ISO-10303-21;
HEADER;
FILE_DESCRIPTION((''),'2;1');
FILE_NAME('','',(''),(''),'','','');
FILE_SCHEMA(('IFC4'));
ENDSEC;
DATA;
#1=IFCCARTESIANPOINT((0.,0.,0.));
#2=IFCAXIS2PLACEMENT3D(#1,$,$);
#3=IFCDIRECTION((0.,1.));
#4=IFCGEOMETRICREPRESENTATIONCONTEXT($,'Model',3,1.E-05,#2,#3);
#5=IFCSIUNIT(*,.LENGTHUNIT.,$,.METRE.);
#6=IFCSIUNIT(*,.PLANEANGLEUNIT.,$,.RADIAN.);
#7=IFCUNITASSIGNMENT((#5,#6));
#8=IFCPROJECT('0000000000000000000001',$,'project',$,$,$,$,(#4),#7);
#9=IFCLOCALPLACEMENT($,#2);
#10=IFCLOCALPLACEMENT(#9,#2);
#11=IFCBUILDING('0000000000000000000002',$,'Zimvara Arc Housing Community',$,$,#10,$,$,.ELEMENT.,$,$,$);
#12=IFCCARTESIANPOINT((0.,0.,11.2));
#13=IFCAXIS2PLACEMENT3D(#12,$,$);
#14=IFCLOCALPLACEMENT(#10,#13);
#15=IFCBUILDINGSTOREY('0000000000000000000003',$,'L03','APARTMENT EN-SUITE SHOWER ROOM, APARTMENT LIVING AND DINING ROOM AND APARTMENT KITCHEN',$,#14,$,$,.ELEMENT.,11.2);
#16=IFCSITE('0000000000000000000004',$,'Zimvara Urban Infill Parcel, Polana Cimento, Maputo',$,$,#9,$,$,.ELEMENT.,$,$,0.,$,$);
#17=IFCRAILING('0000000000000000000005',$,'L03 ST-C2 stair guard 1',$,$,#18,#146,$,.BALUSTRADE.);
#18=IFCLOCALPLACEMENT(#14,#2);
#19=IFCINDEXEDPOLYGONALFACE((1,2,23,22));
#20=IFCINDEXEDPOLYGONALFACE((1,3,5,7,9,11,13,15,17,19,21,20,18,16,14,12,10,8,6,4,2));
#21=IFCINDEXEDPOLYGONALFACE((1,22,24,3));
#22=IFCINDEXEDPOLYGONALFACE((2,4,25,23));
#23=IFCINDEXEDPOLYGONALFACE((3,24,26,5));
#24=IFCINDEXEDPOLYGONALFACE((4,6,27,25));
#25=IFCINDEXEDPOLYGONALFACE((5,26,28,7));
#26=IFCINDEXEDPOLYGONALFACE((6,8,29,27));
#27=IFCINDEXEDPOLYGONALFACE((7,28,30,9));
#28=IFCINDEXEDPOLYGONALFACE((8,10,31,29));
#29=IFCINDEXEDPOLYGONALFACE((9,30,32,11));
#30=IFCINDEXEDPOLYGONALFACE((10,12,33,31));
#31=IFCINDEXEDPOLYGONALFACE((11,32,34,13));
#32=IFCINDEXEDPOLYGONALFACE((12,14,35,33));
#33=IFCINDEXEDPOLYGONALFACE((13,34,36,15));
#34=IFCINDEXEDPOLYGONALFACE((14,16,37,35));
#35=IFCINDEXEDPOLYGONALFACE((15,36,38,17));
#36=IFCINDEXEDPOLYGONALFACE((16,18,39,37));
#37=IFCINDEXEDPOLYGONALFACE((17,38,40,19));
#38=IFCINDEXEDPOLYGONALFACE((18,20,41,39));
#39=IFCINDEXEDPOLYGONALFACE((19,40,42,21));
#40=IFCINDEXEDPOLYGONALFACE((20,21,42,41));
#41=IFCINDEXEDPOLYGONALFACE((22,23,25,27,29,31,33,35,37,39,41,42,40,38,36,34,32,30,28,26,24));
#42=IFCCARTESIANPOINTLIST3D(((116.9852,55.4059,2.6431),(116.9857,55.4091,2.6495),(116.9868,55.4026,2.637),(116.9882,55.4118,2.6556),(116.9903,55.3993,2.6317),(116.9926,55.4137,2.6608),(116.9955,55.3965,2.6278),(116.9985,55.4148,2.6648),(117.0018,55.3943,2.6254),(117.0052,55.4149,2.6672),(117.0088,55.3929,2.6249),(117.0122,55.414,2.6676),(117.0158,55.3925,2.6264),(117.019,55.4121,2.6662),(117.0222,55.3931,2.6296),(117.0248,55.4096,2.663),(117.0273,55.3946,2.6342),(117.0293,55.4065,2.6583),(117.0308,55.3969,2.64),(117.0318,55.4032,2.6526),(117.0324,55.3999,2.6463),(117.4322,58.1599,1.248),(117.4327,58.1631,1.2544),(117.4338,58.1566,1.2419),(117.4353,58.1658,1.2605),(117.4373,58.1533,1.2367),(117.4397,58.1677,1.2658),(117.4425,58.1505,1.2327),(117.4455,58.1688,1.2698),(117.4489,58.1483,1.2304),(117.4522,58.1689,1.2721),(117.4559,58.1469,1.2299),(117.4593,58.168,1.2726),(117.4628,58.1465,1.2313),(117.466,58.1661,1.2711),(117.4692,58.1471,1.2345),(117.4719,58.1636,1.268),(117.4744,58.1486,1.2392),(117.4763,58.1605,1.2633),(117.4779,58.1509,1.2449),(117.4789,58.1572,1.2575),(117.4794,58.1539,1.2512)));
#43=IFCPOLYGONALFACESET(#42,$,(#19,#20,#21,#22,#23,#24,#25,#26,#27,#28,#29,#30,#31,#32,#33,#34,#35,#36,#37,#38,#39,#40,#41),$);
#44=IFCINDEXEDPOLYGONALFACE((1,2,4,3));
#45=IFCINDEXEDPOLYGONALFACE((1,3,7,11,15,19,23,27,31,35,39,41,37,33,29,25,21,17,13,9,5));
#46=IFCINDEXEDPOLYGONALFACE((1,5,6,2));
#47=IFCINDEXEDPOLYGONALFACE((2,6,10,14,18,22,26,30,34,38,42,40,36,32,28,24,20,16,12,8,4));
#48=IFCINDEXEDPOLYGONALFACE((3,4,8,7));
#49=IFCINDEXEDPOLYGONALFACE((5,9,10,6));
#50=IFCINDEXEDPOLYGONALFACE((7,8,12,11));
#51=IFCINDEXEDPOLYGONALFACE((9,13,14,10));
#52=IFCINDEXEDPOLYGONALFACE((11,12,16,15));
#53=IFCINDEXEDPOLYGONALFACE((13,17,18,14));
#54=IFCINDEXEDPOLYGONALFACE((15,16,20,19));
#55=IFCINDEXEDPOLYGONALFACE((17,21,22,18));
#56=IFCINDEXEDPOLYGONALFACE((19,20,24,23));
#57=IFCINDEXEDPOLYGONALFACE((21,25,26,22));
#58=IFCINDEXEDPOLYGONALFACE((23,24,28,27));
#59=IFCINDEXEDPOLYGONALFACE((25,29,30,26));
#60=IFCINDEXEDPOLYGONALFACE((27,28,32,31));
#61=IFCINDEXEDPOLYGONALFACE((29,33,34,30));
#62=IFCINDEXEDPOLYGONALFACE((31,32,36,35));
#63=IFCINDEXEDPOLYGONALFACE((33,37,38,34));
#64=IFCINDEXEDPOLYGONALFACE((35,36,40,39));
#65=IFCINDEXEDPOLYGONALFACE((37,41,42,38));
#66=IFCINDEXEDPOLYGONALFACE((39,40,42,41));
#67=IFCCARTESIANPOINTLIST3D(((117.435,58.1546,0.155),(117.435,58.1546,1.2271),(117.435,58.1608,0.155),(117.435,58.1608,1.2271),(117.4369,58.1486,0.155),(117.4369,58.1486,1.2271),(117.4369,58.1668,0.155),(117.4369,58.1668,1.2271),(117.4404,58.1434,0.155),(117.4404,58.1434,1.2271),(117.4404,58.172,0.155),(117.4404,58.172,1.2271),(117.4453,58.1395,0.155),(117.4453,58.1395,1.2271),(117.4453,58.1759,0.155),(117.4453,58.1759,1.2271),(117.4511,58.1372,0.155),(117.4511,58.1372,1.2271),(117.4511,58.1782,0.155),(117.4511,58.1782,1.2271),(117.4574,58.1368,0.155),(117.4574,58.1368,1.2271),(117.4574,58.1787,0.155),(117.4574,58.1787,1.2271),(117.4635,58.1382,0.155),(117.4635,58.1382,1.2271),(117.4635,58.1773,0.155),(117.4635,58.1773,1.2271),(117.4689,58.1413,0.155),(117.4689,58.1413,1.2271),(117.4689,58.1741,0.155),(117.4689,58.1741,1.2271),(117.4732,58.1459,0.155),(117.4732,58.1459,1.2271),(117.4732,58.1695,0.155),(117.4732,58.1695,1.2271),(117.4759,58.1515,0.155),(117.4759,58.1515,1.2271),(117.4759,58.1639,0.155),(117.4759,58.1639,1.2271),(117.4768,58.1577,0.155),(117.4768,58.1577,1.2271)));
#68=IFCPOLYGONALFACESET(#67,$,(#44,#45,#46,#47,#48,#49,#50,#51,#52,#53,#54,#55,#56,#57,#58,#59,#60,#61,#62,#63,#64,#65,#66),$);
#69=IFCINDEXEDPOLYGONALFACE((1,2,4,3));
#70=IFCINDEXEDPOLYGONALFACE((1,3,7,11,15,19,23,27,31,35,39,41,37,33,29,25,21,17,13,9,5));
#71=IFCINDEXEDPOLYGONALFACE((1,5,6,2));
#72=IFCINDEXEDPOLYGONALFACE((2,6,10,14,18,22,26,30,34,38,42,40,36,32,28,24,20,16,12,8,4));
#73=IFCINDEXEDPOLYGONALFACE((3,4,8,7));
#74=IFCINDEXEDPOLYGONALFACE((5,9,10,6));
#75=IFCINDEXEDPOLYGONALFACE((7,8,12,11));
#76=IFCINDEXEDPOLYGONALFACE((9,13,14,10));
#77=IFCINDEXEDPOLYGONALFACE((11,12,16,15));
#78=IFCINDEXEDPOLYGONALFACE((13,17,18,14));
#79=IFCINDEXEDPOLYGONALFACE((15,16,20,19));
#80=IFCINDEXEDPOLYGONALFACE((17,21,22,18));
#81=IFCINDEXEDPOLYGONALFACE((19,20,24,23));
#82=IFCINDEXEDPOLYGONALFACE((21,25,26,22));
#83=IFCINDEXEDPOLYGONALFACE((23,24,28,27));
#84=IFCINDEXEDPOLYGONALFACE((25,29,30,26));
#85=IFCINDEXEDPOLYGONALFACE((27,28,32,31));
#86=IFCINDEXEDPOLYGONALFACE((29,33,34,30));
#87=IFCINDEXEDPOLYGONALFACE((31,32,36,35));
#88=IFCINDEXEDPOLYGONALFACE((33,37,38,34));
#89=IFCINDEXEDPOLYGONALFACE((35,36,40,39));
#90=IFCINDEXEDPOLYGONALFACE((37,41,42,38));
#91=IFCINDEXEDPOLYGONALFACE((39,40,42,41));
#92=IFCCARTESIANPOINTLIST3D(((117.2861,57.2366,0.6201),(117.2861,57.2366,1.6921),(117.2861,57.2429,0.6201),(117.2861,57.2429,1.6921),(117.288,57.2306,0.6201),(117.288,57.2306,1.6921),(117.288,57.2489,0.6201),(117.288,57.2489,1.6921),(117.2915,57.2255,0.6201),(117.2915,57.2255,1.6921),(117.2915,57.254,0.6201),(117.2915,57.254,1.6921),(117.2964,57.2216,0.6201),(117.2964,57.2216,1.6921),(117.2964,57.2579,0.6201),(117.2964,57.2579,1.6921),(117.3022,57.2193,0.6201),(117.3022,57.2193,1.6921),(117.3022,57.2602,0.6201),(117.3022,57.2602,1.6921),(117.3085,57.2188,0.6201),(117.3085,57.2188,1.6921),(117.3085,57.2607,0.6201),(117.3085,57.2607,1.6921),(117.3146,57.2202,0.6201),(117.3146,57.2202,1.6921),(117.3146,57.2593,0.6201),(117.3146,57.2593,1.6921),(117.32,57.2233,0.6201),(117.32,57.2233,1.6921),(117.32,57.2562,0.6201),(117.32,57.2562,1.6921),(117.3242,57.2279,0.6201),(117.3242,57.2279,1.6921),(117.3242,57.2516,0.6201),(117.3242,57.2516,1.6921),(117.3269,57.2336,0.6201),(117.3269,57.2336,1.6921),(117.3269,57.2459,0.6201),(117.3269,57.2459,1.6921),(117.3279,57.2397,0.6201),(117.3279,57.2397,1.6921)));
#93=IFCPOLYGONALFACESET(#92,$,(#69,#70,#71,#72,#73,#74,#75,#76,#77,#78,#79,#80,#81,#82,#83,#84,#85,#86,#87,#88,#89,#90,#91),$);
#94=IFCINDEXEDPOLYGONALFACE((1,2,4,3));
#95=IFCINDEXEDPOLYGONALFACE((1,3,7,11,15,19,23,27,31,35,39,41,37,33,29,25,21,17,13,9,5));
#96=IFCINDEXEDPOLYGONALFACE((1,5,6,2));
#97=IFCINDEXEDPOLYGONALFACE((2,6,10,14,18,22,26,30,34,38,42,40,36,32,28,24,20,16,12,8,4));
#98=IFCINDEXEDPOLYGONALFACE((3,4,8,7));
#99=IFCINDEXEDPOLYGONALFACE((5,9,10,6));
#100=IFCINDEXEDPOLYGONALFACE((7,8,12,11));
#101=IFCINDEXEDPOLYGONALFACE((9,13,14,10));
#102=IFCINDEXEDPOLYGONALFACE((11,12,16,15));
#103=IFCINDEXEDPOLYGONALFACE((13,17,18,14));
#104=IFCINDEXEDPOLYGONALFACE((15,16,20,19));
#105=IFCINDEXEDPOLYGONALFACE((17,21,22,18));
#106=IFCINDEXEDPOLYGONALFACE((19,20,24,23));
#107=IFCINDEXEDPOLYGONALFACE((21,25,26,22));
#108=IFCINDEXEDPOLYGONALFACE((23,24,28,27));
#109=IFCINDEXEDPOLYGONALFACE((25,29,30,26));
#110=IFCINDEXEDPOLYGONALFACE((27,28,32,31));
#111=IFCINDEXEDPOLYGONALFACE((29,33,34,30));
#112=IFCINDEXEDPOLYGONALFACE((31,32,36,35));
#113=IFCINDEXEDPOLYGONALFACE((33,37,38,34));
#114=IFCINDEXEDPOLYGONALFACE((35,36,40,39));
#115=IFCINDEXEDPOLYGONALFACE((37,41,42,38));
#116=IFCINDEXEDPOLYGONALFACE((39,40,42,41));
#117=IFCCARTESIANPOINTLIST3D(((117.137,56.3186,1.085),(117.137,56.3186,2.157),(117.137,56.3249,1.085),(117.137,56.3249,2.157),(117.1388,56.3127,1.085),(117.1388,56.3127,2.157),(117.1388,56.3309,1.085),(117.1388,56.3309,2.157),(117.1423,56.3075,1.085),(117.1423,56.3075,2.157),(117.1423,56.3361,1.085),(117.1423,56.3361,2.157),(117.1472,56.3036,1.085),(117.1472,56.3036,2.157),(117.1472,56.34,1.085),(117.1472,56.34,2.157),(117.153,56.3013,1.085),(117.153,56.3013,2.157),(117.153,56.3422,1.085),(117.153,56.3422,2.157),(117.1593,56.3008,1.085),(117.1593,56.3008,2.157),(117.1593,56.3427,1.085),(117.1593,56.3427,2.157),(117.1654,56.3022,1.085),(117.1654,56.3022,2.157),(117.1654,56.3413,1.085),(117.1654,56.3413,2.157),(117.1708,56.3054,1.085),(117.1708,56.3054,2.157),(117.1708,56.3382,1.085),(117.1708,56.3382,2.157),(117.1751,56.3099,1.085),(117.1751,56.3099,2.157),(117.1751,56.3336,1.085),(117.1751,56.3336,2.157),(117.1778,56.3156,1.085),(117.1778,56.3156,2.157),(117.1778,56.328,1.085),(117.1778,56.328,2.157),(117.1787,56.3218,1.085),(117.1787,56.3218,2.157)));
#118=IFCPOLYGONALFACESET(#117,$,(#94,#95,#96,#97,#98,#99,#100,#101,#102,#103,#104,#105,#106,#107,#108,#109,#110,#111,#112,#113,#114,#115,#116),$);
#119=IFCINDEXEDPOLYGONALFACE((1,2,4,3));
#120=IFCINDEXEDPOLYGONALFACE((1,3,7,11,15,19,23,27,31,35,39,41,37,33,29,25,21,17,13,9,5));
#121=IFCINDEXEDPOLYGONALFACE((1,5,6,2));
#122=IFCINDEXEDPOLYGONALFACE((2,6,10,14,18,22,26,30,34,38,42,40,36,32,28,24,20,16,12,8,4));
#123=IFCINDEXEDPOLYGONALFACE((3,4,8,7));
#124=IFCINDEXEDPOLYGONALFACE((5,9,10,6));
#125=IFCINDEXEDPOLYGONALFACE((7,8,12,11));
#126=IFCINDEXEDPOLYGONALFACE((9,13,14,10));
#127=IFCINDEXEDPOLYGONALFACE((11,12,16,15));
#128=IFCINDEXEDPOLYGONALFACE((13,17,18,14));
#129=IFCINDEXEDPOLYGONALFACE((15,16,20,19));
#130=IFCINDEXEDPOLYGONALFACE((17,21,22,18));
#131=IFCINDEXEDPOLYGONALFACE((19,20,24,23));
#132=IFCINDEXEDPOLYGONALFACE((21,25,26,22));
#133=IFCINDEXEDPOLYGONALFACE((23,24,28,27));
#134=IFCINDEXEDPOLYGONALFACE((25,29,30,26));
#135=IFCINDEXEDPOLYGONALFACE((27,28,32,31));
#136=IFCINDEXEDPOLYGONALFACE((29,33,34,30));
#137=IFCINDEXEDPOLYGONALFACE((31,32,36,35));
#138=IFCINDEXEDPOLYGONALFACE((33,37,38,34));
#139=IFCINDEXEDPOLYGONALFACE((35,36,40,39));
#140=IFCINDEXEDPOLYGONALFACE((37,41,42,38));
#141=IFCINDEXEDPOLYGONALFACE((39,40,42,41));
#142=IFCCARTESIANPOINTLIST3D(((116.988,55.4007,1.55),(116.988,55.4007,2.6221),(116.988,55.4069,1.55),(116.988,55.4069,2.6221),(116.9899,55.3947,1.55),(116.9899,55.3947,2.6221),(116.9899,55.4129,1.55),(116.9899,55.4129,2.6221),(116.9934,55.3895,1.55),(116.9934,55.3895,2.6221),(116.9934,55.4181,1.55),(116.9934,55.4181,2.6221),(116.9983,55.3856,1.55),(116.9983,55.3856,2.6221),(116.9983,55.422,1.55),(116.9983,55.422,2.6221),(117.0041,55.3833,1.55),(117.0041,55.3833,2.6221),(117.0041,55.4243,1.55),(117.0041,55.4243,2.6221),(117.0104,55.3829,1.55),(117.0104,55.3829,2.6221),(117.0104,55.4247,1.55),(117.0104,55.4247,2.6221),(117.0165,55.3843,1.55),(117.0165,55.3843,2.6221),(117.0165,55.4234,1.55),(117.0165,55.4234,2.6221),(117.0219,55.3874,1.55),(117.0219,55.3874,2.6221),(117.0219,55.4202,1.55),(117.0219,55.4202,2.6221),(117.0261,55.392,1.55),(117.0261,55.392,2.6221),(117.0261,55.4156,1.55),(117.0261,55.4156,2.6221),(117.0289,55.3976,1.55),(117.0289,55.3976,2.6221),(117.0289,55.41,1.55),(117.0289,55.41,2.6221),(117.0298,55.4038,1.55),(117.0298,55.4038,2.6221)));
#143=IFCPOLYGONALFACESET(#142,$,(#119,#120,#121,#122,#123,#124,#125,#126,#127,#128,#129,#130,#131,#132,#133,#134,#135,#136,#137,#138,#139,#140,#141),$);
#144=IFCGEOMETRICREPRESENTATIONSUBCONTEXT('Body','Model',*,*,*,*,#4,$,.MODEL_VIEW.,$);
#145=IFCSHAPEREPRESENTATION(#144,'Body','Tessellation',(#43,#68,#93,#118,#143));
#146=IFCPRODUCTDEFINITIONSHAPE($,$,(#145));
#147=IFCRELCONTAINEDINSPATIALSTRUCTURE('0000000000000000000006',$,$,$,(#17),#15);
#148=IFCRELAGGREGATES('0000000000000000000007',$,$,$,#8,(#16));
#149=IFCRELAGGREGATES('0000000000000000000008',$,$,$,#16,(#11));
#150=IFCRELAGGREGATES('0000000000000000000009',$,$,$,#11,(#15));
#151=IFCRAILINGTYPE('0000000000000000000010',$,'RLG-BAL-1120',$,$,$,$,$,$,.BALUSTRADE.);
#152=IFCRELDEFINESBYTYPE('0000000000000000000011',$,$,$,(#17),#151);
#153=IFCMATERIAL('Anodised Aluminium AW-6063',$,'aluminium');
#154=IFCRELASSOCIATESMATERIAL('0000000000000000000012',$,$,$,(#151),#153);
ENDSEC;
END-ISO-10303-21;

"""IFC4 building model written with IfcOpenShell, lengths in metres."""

from ifc_helpers import new_model, si_unit, direction, frame, origin, origin_2d, place, context, subcontext, project, spatial, circle, extrude, material, type_object, element, save


model = new_model("IFC4")

# Units and contexts
model_context = context("Model", 3, precision=1e-05, world=origin(), true_north=direction((0.0, 1.0)))
body_context = subcontext(model_context, "Body", "Model", "MODEL_VIEW")
ifc_project = project(units=[si_unit("LENGTHUNIT", "METRE"), si_unit("PLANEANGLEUNIT", "RADIAN")], contexts=[model_context])

# Site, building, storey
site_placement = place(None, origin())
site = spatial("IfcSite", under=ifc_project, at=site_placement, Name="Zimvara Urban Infill Parcel, Polana Cimento, Maputo", CompositionType="ELEMENT", RefElevation=0.0)
building_placement = place(site_placement, origin())
building = spatial("IfcBuilding", under=site, at=building_placement, Name="Zimvara Arc Housing Community", CompositionType="ELEMENT")
storey_placement = place(building_placement, frame((0.0, 0.0, 11.2)))
storey = spatial("IfcBuildingStorey", under=building, at=storey_placement, Name="L03", Description="APARTMENT EN-SUITE SHOWER ROOM, APARTMENT LIVING AND DINING ROOM AND APARTMENT KITCHEN", CompositionType="ELEMENT", Elevation=11.2)

# Railing
ifc_material_1 = material(Name="Anodised Aluminium AW-6063", Category="aluminium")
railing_type_1 = type_object("IfcRailingType", Name="RLG-BAL-1120", PredefinedType="BALUSTRADE", material=ifc_material_1)
railing_1_placement = place(storey_placement, frame((117.4558, 58.1577, 0.155)))
element("IfcRailing", 1, at=railing_1_placement, inside=storey, type_object=railing_type_1, Name="L03 ST-C2 stair guard 1", PredefinedType="BALUSTRADE", context=body_context, shape_type="SweptSolid", body=[
    extrude(circle(Radius=0.0239, at=origin_2d()), frame((0.0, 0.0, 1.0962), z_axis=(-0.143309, -0.882866, 0.447225), x_axis=(0.98708, -0.160226, 0.0)), (0.0, 0.0, 1.0), 3.1194),
    extrude(circle(Radius=0.021, at=origin_2d()), origin(), (0.0, 0.0, 1.0), 1.072),
    extrude(circle(Radius=0.021, at=origin_2d()), frame((-0.1489, -0.918, 0.4651)), (0.0, 0.0, 1.0), 1.072),
    extrude(circle(Radius=0.021, at=origin_2d()), frame((-0.2981, -1.8359, 0.9299)), (0.0, 0.0, 1.0), 1.072),
    extrude(circle(Radius=0.021, at=origin_2d()), frame((-0.447, -2.7539, 1.395)), (0.0, 0.0, 1.0), 1.072),
])

save(model, "model.ifc")
